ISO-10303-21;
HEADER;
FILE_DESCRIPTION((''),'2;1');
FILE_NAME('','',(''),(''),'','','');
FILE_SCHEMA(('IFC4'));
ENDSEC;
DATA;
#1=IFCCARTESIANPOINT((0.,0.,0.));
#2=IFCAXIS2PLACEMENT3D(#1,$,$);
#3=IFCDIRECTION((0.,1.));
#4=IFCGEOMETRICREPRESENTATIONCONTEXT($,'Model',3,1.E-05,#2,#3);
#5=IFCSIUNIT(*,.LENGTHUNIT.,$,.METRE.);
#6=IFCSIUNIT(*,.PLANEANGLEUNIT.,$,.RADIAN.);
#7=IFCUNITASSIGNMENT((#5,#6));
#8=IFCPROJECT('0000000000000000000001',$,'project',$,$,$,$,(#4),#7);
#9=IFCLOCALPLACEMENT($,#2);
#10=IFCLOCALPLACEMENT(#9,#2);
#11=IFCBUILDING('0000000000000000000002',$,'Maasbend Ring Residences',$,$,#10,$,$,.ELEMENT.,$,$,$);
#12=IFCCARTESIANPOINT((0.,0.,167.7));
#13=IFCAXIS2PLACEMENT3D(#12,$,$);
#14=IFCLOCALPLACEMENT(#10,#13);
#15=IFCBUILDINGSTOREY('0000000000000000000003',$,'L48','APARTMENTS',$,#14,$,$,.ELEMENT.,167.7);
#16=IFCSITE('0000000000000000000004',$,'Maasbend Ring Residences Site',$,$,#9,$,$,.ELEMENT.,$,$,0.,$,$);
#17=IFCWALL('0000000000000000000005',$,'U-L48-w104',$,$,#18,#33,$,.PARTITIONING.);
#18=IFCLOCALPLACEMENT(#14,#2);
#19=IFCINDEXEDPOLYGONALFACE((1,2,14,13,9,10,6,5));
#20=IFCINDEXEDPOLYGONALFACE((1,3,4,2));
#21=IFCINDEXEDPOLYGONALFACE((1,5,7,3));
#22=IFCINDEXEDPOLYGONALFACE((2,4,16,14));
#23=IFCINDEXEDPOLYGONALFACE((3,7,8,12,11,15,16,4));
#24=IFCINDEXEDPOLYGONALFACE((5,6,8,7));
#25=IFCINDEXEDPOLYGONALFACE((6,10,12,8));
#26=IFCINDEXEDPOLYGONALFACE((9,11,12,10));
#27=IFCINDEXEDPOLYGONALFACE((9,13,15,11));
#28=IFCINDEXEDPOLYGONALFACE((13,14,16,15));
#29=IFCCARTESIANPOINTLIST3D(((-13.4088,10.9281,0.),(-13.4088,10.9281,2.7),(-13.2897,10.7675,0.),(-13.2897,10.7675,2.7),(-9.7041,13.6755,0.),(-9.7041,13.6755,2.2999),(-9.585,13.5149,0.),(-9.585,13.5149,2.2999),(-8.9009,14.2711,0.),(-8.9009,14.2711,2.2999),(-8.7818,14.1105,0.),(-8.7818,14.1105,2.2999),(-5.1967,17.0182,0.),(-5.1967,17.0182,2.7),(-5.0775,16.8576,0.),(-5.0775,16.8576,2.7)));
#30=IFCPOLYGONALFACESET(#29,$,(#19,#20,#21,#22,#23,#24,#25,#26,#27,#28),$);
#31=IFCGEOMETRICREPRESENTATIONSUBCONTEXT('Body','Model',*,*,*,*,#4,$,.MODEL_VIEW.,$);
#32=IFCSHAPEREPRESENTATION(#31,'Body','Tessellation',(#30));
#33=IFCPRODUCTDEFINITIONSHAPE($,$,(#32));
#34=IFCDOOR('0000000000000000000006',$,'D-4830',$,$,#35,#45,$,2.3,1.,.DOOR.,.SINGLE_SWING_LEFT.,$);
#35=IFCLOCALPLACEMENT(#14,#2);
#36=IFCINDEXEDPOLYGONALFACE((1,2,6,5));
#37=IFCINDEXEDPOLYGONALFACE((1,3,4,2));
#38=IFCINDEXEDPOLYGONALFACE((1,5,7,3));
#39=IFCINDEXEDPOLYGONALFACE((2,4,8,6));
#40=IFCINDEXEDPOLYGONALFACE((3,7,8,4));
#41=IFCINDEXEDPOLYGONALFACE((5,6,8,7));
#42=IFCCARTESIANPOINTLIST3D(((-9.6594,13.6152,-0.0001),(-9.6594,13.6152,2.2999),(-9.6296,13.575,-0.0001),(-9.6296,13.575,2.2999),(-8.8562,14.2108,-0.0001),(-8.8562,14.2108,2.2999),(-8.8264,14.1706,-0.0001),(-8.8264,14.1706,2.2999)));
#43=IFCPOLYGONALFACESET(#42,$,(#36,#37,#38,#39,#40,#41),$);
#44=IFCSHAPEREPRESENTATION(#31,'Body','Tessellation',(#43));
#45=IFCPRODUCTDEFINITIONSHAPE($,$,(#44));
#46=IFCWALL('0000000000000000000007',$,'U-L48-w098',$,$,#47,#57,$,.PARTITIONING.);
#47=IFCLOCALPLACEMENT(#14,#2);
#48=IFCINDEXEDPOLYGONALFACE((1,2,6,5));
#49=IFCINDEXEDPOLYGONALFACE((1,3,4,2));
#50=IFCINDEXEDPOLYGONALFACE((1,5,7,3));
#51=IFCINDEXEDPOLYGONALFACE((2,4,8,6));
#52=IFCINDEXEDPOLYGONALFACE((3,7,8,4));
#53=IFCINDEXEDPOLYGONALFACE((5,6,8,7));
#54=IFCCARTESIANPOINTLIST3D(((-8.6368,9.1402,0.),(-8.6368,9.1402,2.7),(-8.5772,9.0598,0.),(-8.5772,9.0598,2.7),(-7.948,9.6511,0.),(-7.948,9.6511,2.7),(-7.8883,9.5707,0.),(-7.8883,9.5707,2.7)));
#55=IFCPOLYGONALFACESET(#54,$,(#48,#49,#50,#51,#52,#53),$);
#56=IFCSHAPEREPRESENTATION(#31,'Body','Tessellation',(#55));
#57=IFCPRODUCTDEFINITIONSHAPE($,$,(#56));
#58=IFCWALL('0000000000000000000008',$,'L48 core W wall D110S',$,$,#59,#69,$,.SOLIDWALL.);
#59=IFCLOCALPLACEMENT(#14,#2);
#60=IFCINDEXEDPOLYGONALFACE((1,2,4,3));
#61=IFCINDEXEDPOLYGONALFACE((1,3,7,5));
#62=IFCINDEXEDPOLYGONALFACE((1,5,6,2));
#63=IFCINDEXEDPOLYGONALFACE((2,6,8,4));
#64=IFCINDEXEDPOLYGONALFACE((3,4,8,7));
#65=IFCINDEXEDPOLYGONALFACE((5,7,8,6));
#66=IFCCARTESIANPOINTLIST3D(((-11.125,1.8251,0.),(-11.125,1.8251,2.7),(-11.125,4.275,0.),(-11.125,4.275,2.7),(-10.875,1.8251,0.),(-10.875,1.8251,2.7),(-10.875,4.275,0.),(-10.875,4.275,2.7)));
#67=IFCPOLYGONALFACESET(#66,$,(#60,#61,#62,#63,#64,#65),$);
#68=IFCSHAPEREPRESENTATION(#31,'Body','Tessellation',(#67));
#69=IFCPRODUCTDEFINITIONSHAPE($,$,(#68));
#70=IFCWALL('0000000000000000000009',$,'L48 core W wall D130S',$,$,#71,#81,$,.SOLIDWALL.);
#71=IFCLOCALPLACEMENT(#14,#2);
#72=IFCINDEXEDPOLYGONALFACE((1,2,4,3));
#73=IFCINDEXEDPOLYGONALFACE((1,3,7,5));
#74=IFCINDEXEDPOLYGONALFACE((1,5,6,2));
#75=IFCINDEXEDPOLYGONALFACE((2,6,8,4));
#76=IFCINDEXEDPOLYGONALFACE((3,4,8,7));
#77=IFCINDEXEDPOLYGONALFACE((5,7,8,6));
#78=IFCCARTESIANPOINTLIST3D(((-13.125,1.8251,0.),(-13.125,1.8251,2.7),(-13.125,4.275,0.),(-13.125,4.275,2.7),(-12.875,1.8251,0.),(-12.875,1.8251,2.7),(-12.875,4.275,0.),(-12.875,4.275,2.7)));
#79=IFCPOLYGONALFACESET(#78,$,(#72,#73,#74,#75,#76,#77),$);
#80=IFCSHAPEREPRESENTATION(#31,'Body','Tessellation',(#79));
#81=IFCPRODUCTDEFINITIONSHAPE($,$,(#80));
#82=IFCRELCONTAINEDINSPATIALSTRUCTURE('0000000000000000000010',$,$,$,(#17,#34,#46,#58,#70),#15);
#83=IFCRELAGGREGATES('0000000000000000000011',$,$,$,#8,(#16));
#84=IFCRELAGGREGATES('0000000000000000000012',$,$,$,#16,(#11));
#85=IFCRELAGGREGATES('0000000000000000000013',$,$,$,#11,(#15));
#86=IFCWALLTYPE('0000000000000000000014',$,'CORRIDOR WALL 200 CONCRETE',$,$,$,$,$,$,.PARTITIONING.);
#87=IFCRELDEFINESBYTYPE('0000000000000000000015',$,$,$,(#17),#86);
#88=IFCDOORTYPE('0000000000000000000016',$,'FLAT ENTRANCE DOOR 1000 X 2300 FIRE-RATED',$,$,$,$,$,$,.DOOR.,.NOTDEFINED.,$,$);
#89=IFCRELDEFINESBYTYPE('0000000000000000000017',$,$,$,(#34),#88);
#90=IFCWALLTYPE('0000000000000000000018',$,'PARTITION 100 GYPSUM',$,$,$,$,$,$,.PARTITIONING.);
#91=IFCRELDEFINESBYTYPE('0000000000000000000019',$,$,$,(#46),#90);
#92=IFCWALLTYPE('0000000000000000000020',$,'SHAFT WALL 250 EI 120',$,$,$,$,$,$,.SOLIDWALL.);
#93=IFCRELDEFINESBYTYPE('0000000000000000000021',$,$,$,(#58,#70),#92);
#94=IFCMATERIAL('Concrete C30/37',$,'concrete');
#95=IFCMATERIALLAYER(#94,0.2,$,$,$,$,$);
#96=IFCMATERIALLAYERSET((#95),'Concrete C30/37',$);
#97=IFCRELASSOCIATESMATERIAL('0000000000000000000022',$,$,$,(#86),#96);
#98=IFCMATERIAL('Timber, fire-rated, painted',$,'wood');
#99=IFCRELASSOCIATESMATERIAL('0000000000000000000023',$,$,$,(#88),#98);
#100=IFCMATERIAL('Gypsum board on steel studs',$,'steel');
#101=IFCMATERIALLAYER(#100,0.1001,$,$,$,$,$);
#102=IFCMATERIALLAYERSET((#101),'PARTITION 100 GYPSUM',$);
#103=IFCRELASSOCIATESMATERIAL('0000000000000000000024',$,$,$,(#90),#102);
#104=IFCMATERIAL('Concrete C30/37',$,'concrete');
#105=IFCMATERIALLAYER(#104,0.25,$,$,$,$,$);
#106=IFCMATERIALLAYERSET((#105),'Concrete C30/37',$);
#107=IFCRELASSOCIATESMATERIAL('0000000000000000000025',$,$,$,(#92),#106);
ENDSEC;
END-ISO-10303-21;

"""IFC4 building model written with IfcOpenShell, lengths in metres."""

from ifc_helpers import new_model, si_unit, direction, frame, frame_2d, origin, place, context, subcontext, project, spatial, rectangle, extrude, material, layer, layer_set, type_object, element, fill, save


model = new_model("IFC4")

# Units and contexts
model_context = context("Model", 3, precision=1e-05, world=origin(), true_north=direction((0.0, 1.0)))
body_context = subcontext(model_context, "Body", "Model", "MODEL_VIEW")
ifc_project = project(units=[si_unit("LENGTHUNIT", "METRE"), si_unit("PLANEANGLEUNIT", "RADIAN")], contexts=[model_context])

# Site, building, storey
site_placement = place(None, origin())
site = spatial("IfcSite", under=ifc_project, at=site_placement, Name="Maasbend Ring Residences Site", CompositionType="ELEMENT", RefElevation=0.0)
building_placement = place(site_placement, origin())
building = spatial("IfcBuilding", under=site, at=building_placement, Name="Maasbend Ring Residences", CompositionType="ELEMENT")
storey_placement = place(building_placement, frame((0.0, 0.0, 167.7)))
storey = spatial("IfcBuildingStorey", under=building, at=storey_placement, Name="L48", Description="APARTMENTS", CompositionType="ELEMENT", Elevation=167.7)

# Wall, opening, door
ifc_material_1 = material(Name="Concrete C30/37", Category="concrete")
ifc_layer_1 = layer(ifc_material_1, 0.2)
ifc_layer_set_1 = layer_set([ifc_layer_1], Name="Concrete C30/37")
wall_type_1 = type_object("IfcWallType", Name="CORRIDOR WALL 200 CONCRETE", PredefinedType="PARTITIONING", material=ifc_layer_set_1)
wall_1_placement = place(storey_placement, frame((-13.3491, 10.8479, 0.0), z_axis=(0.0, 0.0, 1.0), x_axis=(0.803229, 0.59567, 0.0)))
wall_1 = element("IfcWall", 1, at=wall_1_placement, inside=storey, type_object=wall_type_1, Name="U-L48-w104", PredefinedType="PARTITIONING", context=body_context, shape_type="SweptSolid", body=[
    extrude(rectangle(XDim=10.2239, YDim=0.2, at=frame_2d((5.1118, 0.0))), origin(), (0.0, 0.0, 1.0), 2.7),
])
opening_1_placement = place(wall_1_placement, frame((4.6121, 0.0, 0.0)))
opening_1 = element("IfcOpeningElement", 2, at=opening_1_placement, cuts=wall_1, PredefinedType="OPENING", context=body_context, shape_type="SweptSolid", body=[
    extrude(rectangle(XDim=1.0, YDim=2.3, at=frame_2d((0.5, 1.1499))), frame((0.0, 0.1099, 0.0), z_axis=(0.0, -1.0, 0.0), x_axis=(1.0, 0.0, 0.0)), (0.0, 0.0, 1.0), 0.22),
])
ifc_material_2 = material(Name="Timber, fire-rated, painted", Category="wood")
door_type_1 = type_object("IfcDoorType", Name="FLAT ENTRANCE DOOR 1000 X 2300 FIRE-RATED", OperationType="NOTDEFINED", PredefinedType="DOOR", material=ifc_material_2)
door_1_placement = place(opening_1_placement, origin())
door_1 = element("IfcDoor", 3, at=door_1_placement, inside=storey, type_object=door_type_1, Name="D-4830", OperationType="SINGLE_SWING_LEFT", OverallHeight=2.3, OverallWidth=1.0, PredefinedType="DOOR", context=body_context, shape_type="SweptSolid", body=[
    extrude(rectangle(XDim=1.0, YDim=2.3, at=frame_2d((0.5, 1.1499))), frame((0.0, 0.0249, 0.0), z_axis=(0.0, -1.0, 0.0), x_axis=(1.0, 0.0, 0.0)), (0.0, 0.0, 1.0), 0.05),
])
fill(opening_1, door_1)

# Walls
ifc_material_3 = material(Name="Gypsum board on steel studs", Category="steel")
ifc_layer_2 = layer(ifc_material_3, 0.1001)
ifc_layer_set_2 = layer_set([ifc_layer_2], Name="PARTITION 100 GYPSUM")
wall_type_2 = type_object("IfcWallType", Name="PARTITION 100 GYPSUM", PredefinedType="PARTITIONING", material=ifc_layer_set_2)
wall_2_placement = place(storey_placement, frame((-8.6069, 9.1001, 0.0), z_axis=(0.0, 0.0, 1.0), x_axis=(0.803199, 0.595711, 0.0)))
element("IfcWall", 4, at=wall_2_placement, inside=storey, type_object=wall_type_2, Name="U-L48-w098", PredefinedType="PARTITIONING", context=body_context, shape_type="SweptSolid", body=[
    extrude(rectangle(XDim=0.8577, YDim=0.1001, at=frame_2d((0.4287, 0.0))), origin(), (0.0, 0.0, 1.0), 2.7),
])
ifc_material_4 = material(Name="Concrete C30/37", Category="concrete")
ifc_layer_3 = layer(ifc_material_4, 0.25)
ifc_layer_set_3 = layer_set([ifc_layer_3], Name="Concrete C30/37")
wall_type_3 = type_object("IfcWallType", Name="SHAFT WALL 250 EI 120", PredefinedType="SOLIDWALL", material=ifc_layer_set_3)
for number, where, z_axis, x_axis, name in (
    (5, (-11.0, 1.825, 0.0), (0.0, 0.0, 1.0), (0.0, 1.0, 0.0), "L48 core W wall D110S"),
    (6, (-13.0, 1.825, 0.0), (0.0, 0.0, 1.0), (0.0, 1.0, 0.0), "L48 core W wall D130S"),
):
    element("IfcWall", number, at=place(storey_placement, frame(where, z_axis=z_axis, x_axis=x_axis)), inside=storey, type_object=wall_type_3, Name=name, PredefinedType="SOLIDWALL", context=body_context, shape_type="SweptSolid", body=[
        extrude(rectangle(XDim=2.45, YDim=0.25, at=frame_2d((1.2251, 0.0))), origin(), (0.0, 0.0, 1.0), 2.7),
    ])

save(model, "model.ifc")
